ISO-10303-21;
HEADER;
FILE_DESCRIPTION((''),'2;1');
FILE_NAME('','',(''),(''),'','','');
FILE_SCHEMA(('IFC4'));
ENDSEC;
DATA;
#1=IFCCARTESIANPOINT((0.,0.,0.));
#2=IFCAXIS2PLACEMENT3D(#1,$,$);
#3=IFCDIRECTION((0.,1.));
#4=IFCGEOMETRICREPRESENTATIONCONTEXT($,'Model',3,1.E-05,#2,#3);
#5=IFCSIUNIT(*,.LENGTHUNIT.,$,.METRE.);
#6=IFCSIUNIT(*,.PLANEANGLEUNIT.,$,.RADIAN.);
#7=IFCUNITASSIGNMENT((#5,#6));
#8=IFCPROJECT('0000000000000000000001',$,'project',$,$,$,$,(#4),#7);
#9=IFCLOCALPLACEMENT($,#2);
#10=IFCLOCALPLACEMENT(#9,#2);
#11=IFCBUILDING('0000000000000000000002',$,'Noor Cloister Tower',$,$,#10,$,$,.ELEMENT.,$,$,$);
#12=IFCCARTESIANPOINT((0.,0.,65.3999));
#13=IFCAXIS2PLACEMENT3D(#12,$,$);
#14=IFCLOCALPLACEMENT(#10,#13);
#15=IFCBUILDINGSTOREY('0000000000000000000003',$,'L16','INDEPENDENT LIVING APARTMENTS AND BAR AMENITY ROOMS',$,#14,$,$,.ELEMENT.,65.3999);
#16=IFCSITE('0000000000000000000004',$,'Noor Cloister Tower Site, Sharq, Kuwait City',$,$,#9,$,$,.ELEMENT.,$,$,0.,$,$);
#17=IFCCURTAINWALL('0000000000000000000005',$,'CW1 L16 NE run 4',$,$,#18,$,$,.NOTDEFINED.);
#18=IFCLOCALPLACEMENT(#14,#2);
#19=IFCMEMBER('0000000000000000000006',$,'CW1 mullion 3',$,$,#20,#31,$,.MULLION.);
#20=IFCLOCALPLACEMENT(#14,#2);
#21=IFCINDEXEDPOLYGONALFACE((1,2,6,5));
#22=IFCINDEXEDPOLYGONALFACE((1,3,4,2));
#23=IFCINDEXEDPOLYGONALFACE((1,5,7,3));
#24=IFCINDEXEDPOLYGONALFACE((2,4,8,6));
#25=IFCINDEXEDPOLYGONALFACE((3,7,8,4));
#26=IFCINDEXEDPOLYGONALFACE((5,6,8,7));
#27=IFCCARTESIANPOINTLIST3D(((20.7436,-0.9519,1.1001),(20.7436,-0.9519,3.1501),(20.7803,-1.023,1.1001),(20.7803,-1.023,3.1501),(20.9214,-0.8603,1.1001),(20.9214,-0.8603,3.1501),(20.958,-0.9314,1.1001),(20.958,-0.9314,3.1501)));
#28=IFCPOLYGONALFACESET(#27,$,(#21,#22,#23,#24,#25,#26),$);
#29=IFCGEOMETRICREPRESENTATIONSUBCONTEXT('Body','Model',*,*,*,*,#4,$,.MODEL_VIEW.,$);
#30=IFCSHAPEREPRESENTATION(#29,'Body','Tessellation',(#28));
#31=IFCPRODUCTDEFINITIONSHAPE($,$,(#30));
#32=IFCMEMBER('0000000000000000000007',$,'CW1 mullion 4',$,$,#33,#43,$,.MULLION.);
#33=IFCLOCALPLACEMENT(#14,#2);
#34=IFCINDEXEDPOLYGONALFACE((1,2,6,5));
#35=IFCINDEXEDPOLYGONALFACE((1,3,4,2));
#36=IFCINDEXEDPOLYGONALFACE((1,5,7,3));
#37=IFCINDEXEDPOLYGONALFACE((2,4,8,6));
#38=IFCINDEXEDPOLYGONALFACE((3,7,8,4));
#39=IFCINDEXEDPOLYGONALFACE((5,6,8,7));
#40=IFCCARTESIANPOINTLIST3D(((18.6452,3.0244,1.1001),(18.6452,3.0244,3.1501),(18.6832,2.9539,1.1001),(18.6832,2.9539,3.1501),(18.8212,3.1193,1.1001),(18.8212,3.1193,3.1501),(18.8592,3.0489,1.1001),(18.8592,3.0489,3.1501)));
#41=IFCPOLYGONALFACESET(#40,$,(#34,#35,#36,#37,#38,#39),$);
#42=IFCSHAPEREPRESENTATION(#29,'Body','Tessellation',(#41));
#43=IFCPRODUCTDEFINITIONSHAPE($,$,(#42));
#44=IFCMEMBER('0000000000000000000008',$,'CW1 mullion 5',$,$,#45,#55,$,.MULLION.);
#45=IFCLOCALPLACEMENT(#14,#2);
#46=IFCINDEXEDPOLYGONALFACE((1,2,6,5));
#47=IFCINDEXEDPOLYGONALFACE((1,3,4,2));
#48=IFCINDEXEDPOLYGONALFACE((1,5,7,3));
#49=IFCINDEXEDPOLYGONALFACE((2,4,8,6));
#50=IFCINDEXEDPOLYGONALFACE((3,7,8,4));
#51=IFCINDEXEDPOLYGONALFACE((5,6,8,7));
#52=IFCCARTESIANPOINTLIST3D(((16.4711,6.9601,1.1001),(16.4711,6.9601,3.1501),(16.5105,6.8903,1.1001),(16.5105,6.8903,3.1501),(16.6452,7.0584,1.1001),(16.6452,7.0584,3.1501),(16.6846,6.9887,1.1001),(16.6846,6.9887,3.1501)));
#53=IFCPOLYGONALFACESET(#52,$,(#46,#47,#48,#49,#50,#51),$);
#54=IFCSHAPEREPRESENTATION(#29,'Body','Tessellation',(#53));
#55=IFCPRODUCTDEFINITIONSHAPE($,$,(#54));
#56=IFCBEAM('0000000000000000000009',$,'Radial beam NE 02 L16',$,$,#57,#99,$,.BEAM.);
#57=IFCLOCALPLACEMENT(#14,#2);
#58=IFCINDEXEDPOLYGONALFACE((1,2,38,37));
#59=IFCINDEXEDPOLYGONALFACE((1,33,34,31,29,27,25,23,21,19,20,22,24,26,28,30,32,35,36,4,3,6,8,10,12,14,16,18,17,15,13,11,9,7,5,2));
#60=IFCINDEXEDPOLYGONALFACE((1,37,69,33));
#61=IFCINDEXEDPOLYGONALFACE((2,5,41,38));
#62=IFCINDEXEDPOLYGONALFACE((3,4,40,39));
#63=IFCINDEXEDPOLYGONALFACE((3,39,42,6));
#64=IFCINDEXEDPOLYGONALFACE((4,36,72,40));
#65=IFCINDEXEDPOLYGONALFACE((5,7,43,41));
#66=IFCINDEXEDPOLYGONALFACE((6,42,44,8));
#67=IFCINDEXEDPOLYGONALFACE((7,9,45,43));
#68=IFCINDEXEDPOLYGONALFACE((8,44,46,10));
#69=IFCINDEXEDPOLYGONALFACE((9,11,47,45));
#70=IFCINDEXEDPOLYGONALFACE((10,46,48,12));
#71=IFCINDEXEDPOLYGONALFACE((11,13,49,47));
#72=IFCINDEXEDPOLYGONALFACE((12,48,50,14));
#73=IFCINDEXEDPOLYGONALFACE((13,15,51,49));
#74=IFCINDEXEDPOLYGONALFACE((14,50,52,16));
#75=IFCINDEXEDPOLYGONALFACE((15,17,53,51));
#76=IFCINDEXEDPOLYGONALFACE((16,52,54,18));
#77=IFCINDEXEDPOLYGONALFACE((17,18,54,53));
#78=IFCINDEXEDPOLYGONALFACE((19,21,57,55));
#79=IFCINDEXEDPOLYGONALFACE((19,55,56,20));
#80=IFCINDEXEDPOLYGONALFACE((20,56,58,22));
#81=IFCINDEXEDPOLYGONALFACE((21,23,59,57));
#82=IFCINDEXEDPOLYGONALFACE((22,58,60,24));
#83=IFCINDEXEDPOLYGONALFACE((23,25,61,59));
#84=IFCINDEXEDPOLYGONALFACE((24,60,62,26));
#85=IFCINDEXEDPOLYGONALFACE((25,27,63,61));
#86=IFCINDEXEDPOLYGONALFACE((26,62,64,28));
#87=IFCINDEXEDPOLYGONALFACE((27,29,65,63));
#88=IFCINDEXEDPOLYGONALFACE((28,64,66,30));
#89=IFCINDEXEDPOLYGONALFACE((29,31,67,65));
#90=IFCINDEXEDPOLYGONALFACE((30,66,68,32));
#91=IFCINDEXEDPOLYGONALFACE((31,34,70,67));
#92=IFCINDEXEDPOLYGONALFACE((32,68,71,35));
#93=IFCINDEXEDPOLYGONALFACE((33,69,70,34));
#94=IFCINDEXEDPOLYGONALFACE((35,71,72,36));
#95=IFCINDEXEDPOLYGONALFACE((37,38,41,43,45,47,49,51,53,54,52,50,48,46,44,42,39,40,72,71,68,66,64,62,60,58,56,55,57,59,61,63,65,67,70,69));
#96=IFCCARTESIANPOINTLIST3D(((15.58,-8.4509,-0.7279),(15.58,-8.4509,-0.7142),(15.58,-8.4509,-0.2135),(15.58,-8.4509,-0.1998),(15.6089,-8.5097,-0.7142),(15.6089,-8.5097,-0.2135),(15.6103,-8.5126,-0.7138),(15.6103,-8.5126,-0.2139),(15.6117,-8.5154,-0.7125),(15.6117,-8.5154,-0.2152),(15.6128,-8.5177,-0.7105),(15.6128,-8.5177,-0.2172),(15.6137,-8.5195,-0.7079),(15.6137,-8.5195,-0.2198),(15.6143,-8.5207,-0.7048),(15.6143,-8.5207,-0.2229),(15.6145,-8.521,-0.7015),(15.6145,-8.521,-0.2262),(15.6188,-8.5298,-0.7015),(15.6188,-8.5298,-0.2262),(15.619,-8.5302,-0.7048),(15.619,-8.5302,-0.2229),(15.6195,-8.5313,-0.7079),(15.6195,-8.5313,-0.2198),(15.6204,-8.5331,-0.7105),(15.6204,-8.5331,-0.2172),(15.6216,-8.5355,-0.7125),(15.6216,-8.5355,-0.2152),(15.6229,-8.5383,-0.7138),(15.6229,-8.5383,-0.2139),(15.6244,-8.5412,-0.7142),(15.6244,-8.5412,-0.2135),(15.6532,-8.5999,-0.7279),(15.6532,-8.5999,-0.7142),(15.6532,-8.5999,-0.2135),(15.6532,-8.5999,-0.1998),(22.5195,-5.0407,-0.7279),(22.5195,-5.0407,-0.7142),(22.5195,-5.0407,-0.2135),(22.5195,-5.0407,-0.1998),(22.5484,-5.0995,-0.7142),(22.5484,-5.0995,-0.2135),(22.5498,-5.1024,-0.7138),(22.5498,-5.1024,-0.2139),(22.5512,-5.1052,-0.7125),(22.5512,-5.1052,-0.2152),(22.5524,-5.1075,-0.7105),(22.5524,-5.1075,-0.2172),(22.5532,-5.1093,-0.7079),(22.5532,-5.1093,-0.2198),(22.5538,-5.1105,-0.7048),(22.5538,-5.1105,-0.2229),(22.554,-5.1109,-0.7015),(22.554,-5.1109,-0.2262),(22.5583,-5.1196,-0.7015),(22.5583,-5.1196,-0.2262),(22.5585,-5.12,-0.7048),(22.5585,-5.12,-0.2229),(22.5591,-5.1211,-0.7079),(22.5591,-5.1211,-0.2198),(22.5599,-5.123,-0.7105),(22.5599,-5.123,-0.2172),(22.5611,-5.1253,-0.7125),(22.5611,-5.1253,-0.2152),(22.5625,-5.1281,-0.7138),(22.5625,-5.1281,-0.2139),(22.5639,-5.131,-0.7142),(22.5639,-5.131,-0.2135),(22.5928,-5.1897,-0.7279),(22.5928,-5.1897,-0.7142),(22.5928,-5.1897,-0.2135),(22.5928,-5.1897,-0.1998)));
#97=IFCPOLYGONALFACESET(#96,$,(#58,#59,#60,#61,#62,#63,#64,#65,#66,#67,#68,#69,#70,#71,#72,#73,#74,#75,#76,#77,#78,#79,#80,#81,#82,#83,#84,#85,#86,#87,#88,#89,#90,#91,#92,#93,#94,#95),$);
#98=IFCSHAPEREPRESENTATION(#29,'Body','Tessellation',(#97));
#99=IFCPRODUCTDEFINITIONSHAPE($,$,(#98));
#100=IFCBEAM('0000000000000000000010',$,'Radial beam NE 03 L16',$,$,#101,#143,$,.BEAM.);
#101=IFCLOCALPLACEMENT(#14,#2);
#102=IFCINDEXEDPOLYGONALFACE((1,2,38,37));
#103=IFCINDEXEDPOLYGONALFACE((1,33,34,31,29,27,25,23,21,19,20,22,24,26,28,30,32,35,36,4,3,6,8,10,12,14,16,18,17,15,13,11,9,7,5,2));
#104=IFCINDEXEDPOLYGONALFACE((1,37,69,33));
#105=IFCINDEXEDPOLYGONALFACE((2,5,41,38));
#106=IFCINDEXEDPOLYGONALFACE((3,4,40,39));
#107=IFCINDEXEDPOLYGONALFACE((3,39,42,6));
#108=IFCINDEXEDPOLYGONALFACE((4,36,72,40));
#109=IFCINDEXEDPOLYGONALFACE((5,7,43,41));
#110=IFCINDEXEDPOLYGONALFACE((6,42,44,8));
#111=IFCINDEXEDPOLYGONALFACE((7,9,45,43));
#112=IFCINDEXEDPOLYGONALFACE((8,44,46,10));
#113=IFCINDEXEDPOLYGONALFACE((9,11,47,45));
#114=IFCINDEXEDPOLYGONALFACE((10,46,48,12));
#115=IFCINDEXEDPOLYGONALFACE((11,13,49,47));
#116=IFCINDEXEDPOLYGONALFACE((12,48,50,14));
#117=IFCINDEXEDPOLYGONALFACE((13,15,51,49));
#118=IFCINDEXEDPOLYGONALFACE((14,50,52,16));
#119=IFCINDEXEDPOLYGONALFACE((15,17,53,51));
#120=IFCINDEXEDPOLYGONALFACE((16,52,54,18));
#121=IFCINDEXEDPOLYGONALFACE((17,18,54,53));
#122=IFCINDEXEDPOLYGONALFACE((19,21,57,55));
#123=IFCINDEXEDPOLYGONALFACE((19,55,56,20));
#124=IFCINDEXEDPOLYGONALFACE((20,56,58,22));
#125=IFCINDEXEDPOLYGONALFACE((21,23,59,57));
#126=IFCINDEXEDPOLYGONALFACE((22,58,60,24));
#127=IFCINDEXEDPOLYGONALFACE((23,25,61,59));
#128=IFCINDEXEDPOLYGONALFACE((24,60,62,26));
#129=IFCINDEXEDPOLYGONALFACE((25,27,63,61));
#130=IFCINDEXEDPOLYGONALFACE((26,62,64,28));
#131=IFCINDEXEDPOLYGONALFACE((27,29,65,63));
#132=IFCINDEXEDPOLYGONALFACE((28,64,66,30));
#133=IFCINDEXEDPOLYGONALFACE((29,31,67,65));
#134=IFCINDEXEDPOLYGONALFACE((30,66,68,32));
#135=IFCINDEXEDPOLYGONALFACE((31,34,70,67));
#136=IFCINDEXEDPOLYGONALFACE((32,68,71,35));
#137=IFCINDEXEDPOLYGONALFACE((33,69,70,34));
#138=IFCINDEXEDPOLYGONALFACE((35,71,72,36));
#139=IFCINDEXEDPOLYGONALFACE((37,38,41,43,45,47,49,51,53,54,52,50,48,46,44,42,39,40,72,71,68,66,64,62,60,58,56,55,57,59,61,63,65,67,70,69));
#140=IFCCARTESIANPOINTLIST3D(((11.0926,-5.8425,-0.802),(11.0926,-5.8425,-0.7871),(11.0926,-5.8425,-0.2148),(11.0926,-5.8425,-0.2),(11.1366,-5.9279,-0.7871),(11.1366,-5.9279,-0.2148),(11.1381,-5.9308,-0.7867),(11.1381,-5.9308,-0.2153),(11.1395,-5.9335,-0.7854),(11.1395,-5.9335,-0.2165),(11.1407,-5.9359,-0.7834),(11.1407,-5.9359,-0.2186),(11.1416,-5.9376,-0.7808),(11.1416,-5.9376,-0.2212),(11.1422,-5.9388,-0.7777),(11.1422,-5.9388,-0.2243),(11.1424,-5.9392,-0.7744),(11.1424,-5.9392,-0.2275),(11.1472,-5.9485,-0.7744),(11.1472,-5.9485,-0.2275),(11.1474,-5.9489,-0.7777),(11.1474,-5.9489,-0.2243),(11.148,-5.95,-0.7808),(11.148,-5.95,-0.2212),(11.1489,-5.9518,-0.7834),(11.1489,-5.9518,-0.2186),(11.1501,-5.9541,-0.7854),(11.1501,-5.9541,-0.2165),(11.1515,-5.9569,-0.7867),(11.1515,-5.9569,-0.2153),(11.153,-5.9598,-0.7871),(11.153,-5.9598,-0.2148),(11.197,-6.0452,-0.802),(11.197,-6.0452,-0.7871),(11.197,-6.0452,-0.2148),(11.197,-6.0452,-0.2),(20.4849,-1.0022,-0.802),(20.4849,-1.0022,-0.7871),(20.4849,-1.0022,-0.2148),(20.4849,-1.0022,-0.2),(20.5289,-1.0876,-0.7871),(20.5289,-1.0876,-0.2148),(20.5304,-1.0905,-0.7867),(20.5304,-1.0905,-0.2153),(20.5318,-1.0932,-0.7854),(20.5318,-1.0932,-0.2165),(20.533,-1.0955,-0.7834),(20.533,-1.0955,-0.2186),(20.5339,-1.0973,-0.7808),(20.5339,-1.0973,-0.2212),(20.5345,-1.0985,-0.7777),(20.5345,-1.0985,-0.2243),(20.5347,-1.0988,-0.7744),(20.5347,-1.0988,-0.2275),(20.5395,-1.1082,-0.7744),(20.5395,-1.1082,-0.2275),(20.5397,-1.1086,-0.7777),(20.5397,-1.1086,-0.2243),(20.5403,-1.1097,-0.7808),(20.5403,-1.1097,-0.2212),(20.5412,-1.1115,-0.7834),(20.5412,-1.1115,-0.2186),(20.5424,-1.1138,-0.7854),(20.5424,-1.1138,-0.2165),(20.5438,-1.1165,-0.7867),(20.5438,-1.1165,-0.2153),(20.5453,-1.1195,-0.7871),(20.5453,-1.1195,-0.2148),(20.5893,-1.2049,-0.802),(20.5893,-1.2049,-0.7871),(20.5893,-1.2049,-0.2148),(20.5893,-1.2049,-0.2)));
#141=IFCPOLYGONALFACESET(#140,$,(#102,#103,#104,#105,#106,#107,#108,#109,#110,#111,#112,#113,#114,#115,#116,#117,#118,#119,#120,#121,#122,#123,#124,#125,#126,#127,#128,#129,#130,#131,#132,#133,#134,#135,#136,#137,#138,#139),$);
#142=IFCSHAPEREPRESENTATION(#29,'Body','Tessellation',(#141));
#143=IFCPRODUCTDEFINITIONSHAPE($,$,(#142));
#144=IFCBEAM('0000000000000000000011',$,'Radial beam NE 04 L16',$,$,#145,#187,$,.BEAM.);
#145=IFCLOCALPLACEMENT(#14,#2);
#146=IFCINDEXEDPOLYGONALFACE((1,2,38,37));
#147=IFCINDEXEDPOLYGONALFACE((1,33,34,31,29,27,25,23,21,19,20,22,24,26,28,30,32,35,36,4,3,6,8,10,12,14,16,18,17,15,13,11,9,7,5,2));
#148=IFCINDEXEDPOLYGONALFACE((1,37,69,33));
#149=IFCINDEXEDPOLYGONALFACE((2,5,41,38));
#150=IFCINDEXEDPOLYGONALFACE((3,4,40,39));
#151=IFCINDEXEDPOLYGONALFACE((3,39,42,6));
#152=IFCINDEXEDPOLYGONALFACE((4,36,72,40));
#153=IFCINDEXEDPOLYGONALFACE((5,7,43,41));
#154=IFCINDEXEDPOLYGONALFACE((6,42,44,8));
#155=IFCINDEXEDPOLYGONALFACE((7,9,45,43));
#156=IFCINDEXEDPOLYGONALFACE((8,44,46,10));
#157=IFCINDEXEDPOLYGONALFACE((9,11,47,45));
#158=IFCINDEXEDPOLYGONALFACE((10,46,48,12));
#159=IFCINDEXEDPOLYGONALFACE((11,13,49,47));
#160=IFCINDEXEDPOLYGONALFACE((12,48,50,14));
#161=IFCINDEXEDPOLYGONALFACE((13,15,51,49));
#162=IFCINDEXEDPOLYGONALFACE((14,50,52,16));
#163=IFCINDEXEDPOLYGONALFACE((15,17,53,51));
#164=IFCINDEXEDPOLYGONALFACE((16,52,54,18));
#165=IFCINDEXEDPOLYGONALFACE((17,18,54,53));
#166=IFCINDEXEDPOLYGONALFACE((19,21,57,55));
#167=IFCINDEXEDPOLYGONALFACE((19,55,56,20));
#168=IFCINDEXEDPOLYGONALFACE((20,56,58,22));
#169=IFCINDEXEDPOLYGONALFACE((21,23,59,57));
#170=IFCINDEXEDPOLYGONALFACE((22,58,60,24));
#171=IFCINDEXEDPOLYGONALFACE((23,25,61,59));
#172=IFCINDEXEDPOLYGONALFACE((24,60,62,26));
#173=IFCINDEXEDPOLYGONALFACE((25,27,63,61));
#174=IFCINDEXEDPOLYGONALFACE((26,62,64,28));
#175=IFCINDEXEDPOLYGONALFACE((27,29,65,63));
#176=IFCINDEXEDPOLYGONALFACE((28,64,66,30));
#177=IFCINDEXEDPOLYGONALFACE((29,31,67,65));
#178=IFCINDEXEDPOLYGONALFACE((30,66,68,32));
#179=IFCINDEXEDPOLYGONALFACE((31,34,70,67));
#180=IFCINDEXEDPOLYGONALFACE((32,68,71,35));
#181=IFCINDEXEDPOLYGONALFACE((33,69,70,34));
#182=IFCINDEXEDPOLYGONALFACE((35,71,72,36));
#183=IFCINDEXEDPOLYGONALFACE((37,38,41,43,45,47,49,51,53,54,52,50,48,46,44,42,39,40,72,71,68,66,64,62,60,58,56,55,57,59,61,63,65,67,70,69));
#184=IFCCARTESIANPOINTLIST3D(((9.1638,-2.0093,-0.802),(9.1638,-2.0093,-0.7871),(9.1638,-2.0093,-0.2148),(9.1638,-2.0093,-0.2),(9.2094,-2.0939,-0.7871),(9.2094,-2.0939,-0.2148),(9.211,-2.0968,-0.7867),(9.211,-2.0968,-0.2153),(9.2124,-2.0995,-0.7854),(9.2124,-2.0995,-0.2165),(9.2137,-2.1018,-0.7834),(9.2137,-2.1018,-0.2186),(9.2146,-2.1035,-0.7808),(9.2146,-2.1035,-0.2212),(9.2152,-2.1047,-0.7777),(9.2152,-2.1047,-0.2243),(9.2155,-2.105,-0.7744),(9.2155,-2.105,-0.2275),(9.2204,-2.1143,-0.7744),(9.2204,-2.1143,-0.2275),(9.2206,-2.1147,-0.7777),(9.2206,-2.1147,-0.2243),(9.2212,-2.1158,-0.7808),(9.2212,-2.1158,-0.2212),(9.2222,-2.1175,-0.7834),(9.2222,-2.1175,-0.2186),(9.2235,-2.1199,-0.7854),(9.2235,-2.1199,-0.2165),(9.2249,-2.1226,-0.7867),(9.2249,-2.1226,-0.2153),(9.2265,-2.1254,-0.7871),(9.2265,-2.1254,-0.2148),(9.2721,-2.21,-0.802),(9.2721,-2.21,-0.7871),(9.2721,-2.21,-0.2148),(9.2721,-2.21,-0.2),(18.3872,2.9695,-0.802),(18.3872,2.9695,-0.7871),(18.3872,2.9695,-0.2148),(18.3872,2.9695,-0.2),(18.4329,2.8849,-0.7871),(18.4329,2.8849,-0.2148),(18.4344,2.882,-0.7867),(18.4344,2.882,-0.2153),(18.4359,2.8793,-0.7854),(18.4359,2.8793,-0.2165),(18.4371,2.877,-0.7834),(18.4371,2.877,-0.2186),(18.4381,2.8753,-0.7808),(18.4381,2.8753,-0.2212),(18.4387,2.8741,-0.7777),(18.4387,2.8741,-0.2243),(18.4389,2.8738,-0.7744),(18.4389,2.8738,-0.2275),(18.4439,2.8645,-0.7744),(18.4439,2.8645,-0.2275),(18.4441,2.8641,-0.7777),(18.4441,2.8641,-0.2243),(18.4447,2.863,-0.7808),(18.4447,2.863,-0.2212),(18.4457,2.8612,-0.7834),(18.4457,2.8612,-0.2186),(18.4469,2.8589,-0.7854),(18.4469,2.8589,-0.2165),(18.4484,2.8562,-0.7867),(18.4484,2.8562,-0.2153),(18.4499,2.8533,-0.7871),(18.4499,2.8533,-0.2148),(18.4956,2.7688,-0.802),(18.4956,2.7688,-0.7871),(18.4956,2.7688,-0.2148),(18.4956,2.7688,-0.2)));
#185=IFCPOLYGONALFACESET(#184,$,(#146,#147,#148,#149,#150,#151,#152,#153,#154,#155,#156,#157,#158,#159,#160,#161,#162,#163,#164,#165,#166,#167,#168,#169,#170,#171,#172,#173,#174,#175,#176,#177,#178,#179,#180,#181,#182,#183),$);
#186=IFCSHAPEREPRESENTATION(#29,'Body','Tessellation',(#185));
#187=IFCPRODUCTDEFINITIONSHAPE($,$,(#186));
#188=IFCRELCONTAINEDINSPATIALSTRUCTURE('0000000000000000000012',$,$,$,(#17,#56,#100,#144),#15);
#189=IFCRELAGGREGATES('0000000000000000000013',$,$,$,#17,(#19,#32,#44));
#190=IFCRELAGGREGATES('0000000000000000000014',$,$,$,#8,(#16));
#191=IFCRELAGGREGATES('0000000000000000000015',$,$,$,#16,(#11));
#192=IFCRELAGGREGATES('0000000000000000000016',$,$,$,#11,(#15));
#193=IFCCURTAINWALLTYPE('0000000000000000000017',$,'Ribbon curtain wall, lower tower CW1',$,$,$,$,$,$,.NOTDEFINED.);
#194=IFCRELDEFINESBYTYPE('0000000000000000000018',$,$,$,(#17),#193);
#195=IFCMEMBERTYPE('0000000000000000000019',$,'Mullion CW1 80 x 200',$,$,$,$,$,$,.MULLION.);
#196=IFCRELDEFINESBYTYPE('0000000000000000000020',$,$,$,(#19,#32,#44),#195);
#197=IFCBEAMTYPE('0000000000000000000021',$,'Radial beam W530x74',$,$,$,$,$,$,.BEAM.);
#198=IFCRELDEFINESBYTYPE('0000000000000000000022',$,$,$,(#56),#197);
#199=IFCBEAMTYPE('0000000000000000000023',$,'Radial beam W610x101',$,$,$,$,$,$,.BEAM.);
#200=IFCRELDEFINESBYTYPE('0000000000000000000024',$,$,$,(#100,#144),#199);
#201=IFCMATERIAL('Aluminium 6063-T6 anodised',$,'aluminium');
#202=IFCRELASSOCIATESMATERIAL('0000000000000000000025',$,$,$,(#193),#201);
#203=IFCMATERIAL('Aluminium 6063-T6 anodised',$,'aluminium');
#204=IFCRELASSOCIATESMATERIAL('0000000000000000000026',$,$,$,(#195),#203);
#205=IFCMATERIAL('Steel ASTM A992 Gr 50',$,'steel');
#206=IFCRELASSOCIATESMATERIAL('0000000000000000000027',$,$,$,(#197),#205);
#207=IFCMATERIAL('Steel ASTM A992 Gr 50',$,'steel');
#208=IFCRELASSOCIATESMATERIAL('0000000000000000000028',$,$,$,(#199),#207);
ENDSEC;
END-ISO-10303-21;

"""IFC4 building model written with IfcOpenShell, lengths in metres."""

from ifc_helpers import new_model, si_unit, direction, frame, origin, origin_2d, place, context, subcontext, project, spatial, rectangle, i_section, extrude, material, material_profile, profile_set, type_object, element, aggregate, save


model = new_model("IFC4")

# Units and contexts
model_context = context("Model", 3, precision=1e-05, world=origin(), true_north=direction((0.0, 1.0)))
body_context = subcontext(model_context, "Body", "Model", "MODEL_VIEW")
ifc_project = project(units=[si_unit("LENGTHUNIT", "METRE"), si_unit("PLANEANGLEUNIT", "RADIAN")], contexts=[model_context])

# Site, building, storey
site_placement = place(None, origin())
site = spatial("IfcSite", under=ifc_project, at=site_placement, Name="Noor Cloister Tower Site, Sharq, Kuwait City", CompositionType="ELEMENT", RefElevation=0.0)
building_placement = place(site_placement, origin())
building = spatial("IfcBuilding", under=site, at=building_placement, Name="Noor Cloister Tower", CompositionType="ELEMENT")
storey_placement = place(building_placement, frame((0.0, 0.0, 65.3999)))
storey = spatial("IfcBuildingStorey", under=building, at=storey_placement, Name="L16", Description="INDEPENDENT LIVING APARTMENTS AND BAR AMENITY ROOMS", CompositionType="ELEMENT", Elevation=65.3999)

# Curtain wall, members
ifc_material_1 = material(Name="Aluminium 6063-T6 anodised", Category="aluminium")
curtain_wall_type = type_object("IfcCurtainWallType", Name="Ribbon curtain wall, lower tower CW1", PredefinedType="NOTDEFINED", material=ifc_material_1)
curtain_wall_placement = place(storey_placement, origin())
curtain_wall = element("IfcCurtainWall", 1, at=curtain_wall_placement, inside=storey, type_object=curtain_wall_type, Name="CW1 L16 NE run 4", PredefinedType="NOTDEFINED")
ifc_material_2 = material(Name="Aluminium 6063-T6 anodised", Category="aluminium")
ifc_material_profile_1 = material_profile(ifc_material_2, rectangle(XDim=0.2, YDim=0.0801, at=origin_2d()), Name="200 x 80 mullion")
ifc_profile_set_1 = profile_set([ifc_material_profile_1], Name="Aluminium 6063-T6 anodised")
member_type = type_object("IfcMemberType", Name="Mullion CW1 80 x 200", PredefinedType="MULLION", material=ifc_profile_set_1)
member_1_placement = place(storey_placement, frame((20.8508, -0.9417, 1.1001), z_axis=(0.0, 0.0, 1.0), x_axis=(-0.8889, -0.458101, 0.0)))
member_1 = element("IfcMember", 2, at=member_1_placement, type_object=member_type, Name="CW1 mullion 3", PredefinedType="MULLION", context=body_context, shape_type="SweptSolid", body=[
    extrude(rectangle(XDim=0.2, YDim=0.0801, at=origin_2d()), origin(), (0.0, 0.0, 1.0), 2.05),
])
member_2_placement = place(storey_placement, frame((18.7522, 3.0366, 1.1001), z_axis=(0.0, 0.0, 1.0), x_axis=(-0.87999, -0.474991, 0.0)))
member_2 = element("IfcMember", 3, at=member_2_placement, type_object=member_type, Name="CW1 mullion 4", PredefinedType="MULLION", context=body_context, shape_type="SweptSolid", body=[
    extrude(rectangle(XDim=0.2, YDim=0.0801, at=origin_2d()), origin(), (0.0, 0.0, 1.0), 2.05),
])
member_3_placement = place(storey_placement, frame((16.5779, 6.9744, 1.1001), z_axis=(0.0, 0.0, 1.0), x_axis=(-0.87076, -0.491708, 0.0)))
member_3 = element("IfcMember", 4, at=member_3_placement, type_object=member_type, Name="CW1 mullion 5", PredefinedType="MULLION", context=body_context, shape_type="SweptSolid", body=[
    extrude(rectangle(XDim=0.2, YDim=0.0801, at=origin_2d()), origin(), (0.0, 0.0, 1.0), 2.05),
])

# Beams
ifc_material_3 = material(Name="Steel ASTM A992 Gr 50", Category="steel")
ifc_material_profile_2 = material_profile(ifc_material_3, i_section(OverallWidth=0.166, OverallDepth=0.5281, WebThickness=0.0098, FlangeThickness=0.0137, FilletRadius=0.0127, at=origin_2d()), Name="W530x74")
ifc_profile_set_2 = profile_set([ifc_material_profile_2], Name="Steel ASTM A992 Gr 50")
beam_type_1 = type_object("IfcBeamType", Name="Radial beam W530x74", PredefinedType="BEAM", material=ifc_profile_set_2)
beam_1_placement = place(storey_placement, frame((22.5562, -5.1152, -0.4639), z_axis=(-0.897488, -0.44104, 0.0), x_axis=(0.44104, -0.897488, 0.0)))
element("IfcBeam", 5, at=beam_1_placement, inside=storey, type_object=beam_type_1, Name="Radial beam NE 02 L16", PredefinedType="BEAM", context=body_context, shape_type="SweptSolid", body=[
    extrude(i_section(OverallWidth=0.166, OverallDepth=0.5281, WebThickness=0.0098, FlangeThickness=0.0137, FilletRadius=0.0127, at=origin_2d()), origin(), (0.0, 0.0, 1.0), 7.7322),
])
ifc_material_4 = material(Name="Steel ASTM A992 Gr 50", Category="steel")
ifc_material_profile_3 = material_profile(ifc_material_4, i_section(OverallWidth=0.228, OverallDepth=0.6021, WebThickness=0.0105, FlangeThickness=0.0149, FilletRadius=0.0127, at=origin_2d()), Name="W610x101")
ifc_profile_set_3 = profile_set([ifc_material_profile_3], Name="Steel ASTM A992 Gr 50")
beam_type_2 = type_object("IfcBeamType", Name="Radial beam W610x101", PredefinedType="BEAM", material=ifc_profile_set_3)
beam_2_placement = place(storey_placement, frame((20.5371, -1.1035, -0.501), z_axis=(-0.888903, -0.458095, 0.0), x_axis=(0.458095, -0.888903, 0.0)))
element("IfcBeam", 6, at=beam_2_placement, inside=storey, type_object=beam_type_2, Name="Radial beam NE 03 L16", PredefinedType="BEAM", context=body_context, shape_type="SweptSolid", body=[
    extrude(i_section(OverallWidth=0.228, OverallDepth=0.6021, WebThickness=0.0105, FlangeThickness=0.0149, FilletRadius=0.0127, at=origin_2d()), origin(), (0.0, 0.0, 1.0), 10.5662),
])
beam_3_placement = place(storey_placement, frame((18.4414, 2.8691, -0.501), z_axis=(-0.87998, -0.475011, 0.0), x_axis=(0.475011, -0.87998, 0.0)))
element("IfcBeam", 7, at=beam_3_placement, inside=storey, type_object=beam_type_2, Name="Radial beam NE 04 L16", PredefinedType="BEAM", context=body_context, shape_type="SweptSolid", body=[
    extrude(i_section(OverallWidth=0.228, OverallDepth=0.6021, WebThickness=0.0105, FlangeThickness=0.0149, FilletRadius=0.0127, at=origin_2d()), origin(), (0.0, 0.0, 1.0), 10.4814),
])

aggregate(curtain_wall, [member_1, member_2, member_3])

save(model, "model.ifc")
